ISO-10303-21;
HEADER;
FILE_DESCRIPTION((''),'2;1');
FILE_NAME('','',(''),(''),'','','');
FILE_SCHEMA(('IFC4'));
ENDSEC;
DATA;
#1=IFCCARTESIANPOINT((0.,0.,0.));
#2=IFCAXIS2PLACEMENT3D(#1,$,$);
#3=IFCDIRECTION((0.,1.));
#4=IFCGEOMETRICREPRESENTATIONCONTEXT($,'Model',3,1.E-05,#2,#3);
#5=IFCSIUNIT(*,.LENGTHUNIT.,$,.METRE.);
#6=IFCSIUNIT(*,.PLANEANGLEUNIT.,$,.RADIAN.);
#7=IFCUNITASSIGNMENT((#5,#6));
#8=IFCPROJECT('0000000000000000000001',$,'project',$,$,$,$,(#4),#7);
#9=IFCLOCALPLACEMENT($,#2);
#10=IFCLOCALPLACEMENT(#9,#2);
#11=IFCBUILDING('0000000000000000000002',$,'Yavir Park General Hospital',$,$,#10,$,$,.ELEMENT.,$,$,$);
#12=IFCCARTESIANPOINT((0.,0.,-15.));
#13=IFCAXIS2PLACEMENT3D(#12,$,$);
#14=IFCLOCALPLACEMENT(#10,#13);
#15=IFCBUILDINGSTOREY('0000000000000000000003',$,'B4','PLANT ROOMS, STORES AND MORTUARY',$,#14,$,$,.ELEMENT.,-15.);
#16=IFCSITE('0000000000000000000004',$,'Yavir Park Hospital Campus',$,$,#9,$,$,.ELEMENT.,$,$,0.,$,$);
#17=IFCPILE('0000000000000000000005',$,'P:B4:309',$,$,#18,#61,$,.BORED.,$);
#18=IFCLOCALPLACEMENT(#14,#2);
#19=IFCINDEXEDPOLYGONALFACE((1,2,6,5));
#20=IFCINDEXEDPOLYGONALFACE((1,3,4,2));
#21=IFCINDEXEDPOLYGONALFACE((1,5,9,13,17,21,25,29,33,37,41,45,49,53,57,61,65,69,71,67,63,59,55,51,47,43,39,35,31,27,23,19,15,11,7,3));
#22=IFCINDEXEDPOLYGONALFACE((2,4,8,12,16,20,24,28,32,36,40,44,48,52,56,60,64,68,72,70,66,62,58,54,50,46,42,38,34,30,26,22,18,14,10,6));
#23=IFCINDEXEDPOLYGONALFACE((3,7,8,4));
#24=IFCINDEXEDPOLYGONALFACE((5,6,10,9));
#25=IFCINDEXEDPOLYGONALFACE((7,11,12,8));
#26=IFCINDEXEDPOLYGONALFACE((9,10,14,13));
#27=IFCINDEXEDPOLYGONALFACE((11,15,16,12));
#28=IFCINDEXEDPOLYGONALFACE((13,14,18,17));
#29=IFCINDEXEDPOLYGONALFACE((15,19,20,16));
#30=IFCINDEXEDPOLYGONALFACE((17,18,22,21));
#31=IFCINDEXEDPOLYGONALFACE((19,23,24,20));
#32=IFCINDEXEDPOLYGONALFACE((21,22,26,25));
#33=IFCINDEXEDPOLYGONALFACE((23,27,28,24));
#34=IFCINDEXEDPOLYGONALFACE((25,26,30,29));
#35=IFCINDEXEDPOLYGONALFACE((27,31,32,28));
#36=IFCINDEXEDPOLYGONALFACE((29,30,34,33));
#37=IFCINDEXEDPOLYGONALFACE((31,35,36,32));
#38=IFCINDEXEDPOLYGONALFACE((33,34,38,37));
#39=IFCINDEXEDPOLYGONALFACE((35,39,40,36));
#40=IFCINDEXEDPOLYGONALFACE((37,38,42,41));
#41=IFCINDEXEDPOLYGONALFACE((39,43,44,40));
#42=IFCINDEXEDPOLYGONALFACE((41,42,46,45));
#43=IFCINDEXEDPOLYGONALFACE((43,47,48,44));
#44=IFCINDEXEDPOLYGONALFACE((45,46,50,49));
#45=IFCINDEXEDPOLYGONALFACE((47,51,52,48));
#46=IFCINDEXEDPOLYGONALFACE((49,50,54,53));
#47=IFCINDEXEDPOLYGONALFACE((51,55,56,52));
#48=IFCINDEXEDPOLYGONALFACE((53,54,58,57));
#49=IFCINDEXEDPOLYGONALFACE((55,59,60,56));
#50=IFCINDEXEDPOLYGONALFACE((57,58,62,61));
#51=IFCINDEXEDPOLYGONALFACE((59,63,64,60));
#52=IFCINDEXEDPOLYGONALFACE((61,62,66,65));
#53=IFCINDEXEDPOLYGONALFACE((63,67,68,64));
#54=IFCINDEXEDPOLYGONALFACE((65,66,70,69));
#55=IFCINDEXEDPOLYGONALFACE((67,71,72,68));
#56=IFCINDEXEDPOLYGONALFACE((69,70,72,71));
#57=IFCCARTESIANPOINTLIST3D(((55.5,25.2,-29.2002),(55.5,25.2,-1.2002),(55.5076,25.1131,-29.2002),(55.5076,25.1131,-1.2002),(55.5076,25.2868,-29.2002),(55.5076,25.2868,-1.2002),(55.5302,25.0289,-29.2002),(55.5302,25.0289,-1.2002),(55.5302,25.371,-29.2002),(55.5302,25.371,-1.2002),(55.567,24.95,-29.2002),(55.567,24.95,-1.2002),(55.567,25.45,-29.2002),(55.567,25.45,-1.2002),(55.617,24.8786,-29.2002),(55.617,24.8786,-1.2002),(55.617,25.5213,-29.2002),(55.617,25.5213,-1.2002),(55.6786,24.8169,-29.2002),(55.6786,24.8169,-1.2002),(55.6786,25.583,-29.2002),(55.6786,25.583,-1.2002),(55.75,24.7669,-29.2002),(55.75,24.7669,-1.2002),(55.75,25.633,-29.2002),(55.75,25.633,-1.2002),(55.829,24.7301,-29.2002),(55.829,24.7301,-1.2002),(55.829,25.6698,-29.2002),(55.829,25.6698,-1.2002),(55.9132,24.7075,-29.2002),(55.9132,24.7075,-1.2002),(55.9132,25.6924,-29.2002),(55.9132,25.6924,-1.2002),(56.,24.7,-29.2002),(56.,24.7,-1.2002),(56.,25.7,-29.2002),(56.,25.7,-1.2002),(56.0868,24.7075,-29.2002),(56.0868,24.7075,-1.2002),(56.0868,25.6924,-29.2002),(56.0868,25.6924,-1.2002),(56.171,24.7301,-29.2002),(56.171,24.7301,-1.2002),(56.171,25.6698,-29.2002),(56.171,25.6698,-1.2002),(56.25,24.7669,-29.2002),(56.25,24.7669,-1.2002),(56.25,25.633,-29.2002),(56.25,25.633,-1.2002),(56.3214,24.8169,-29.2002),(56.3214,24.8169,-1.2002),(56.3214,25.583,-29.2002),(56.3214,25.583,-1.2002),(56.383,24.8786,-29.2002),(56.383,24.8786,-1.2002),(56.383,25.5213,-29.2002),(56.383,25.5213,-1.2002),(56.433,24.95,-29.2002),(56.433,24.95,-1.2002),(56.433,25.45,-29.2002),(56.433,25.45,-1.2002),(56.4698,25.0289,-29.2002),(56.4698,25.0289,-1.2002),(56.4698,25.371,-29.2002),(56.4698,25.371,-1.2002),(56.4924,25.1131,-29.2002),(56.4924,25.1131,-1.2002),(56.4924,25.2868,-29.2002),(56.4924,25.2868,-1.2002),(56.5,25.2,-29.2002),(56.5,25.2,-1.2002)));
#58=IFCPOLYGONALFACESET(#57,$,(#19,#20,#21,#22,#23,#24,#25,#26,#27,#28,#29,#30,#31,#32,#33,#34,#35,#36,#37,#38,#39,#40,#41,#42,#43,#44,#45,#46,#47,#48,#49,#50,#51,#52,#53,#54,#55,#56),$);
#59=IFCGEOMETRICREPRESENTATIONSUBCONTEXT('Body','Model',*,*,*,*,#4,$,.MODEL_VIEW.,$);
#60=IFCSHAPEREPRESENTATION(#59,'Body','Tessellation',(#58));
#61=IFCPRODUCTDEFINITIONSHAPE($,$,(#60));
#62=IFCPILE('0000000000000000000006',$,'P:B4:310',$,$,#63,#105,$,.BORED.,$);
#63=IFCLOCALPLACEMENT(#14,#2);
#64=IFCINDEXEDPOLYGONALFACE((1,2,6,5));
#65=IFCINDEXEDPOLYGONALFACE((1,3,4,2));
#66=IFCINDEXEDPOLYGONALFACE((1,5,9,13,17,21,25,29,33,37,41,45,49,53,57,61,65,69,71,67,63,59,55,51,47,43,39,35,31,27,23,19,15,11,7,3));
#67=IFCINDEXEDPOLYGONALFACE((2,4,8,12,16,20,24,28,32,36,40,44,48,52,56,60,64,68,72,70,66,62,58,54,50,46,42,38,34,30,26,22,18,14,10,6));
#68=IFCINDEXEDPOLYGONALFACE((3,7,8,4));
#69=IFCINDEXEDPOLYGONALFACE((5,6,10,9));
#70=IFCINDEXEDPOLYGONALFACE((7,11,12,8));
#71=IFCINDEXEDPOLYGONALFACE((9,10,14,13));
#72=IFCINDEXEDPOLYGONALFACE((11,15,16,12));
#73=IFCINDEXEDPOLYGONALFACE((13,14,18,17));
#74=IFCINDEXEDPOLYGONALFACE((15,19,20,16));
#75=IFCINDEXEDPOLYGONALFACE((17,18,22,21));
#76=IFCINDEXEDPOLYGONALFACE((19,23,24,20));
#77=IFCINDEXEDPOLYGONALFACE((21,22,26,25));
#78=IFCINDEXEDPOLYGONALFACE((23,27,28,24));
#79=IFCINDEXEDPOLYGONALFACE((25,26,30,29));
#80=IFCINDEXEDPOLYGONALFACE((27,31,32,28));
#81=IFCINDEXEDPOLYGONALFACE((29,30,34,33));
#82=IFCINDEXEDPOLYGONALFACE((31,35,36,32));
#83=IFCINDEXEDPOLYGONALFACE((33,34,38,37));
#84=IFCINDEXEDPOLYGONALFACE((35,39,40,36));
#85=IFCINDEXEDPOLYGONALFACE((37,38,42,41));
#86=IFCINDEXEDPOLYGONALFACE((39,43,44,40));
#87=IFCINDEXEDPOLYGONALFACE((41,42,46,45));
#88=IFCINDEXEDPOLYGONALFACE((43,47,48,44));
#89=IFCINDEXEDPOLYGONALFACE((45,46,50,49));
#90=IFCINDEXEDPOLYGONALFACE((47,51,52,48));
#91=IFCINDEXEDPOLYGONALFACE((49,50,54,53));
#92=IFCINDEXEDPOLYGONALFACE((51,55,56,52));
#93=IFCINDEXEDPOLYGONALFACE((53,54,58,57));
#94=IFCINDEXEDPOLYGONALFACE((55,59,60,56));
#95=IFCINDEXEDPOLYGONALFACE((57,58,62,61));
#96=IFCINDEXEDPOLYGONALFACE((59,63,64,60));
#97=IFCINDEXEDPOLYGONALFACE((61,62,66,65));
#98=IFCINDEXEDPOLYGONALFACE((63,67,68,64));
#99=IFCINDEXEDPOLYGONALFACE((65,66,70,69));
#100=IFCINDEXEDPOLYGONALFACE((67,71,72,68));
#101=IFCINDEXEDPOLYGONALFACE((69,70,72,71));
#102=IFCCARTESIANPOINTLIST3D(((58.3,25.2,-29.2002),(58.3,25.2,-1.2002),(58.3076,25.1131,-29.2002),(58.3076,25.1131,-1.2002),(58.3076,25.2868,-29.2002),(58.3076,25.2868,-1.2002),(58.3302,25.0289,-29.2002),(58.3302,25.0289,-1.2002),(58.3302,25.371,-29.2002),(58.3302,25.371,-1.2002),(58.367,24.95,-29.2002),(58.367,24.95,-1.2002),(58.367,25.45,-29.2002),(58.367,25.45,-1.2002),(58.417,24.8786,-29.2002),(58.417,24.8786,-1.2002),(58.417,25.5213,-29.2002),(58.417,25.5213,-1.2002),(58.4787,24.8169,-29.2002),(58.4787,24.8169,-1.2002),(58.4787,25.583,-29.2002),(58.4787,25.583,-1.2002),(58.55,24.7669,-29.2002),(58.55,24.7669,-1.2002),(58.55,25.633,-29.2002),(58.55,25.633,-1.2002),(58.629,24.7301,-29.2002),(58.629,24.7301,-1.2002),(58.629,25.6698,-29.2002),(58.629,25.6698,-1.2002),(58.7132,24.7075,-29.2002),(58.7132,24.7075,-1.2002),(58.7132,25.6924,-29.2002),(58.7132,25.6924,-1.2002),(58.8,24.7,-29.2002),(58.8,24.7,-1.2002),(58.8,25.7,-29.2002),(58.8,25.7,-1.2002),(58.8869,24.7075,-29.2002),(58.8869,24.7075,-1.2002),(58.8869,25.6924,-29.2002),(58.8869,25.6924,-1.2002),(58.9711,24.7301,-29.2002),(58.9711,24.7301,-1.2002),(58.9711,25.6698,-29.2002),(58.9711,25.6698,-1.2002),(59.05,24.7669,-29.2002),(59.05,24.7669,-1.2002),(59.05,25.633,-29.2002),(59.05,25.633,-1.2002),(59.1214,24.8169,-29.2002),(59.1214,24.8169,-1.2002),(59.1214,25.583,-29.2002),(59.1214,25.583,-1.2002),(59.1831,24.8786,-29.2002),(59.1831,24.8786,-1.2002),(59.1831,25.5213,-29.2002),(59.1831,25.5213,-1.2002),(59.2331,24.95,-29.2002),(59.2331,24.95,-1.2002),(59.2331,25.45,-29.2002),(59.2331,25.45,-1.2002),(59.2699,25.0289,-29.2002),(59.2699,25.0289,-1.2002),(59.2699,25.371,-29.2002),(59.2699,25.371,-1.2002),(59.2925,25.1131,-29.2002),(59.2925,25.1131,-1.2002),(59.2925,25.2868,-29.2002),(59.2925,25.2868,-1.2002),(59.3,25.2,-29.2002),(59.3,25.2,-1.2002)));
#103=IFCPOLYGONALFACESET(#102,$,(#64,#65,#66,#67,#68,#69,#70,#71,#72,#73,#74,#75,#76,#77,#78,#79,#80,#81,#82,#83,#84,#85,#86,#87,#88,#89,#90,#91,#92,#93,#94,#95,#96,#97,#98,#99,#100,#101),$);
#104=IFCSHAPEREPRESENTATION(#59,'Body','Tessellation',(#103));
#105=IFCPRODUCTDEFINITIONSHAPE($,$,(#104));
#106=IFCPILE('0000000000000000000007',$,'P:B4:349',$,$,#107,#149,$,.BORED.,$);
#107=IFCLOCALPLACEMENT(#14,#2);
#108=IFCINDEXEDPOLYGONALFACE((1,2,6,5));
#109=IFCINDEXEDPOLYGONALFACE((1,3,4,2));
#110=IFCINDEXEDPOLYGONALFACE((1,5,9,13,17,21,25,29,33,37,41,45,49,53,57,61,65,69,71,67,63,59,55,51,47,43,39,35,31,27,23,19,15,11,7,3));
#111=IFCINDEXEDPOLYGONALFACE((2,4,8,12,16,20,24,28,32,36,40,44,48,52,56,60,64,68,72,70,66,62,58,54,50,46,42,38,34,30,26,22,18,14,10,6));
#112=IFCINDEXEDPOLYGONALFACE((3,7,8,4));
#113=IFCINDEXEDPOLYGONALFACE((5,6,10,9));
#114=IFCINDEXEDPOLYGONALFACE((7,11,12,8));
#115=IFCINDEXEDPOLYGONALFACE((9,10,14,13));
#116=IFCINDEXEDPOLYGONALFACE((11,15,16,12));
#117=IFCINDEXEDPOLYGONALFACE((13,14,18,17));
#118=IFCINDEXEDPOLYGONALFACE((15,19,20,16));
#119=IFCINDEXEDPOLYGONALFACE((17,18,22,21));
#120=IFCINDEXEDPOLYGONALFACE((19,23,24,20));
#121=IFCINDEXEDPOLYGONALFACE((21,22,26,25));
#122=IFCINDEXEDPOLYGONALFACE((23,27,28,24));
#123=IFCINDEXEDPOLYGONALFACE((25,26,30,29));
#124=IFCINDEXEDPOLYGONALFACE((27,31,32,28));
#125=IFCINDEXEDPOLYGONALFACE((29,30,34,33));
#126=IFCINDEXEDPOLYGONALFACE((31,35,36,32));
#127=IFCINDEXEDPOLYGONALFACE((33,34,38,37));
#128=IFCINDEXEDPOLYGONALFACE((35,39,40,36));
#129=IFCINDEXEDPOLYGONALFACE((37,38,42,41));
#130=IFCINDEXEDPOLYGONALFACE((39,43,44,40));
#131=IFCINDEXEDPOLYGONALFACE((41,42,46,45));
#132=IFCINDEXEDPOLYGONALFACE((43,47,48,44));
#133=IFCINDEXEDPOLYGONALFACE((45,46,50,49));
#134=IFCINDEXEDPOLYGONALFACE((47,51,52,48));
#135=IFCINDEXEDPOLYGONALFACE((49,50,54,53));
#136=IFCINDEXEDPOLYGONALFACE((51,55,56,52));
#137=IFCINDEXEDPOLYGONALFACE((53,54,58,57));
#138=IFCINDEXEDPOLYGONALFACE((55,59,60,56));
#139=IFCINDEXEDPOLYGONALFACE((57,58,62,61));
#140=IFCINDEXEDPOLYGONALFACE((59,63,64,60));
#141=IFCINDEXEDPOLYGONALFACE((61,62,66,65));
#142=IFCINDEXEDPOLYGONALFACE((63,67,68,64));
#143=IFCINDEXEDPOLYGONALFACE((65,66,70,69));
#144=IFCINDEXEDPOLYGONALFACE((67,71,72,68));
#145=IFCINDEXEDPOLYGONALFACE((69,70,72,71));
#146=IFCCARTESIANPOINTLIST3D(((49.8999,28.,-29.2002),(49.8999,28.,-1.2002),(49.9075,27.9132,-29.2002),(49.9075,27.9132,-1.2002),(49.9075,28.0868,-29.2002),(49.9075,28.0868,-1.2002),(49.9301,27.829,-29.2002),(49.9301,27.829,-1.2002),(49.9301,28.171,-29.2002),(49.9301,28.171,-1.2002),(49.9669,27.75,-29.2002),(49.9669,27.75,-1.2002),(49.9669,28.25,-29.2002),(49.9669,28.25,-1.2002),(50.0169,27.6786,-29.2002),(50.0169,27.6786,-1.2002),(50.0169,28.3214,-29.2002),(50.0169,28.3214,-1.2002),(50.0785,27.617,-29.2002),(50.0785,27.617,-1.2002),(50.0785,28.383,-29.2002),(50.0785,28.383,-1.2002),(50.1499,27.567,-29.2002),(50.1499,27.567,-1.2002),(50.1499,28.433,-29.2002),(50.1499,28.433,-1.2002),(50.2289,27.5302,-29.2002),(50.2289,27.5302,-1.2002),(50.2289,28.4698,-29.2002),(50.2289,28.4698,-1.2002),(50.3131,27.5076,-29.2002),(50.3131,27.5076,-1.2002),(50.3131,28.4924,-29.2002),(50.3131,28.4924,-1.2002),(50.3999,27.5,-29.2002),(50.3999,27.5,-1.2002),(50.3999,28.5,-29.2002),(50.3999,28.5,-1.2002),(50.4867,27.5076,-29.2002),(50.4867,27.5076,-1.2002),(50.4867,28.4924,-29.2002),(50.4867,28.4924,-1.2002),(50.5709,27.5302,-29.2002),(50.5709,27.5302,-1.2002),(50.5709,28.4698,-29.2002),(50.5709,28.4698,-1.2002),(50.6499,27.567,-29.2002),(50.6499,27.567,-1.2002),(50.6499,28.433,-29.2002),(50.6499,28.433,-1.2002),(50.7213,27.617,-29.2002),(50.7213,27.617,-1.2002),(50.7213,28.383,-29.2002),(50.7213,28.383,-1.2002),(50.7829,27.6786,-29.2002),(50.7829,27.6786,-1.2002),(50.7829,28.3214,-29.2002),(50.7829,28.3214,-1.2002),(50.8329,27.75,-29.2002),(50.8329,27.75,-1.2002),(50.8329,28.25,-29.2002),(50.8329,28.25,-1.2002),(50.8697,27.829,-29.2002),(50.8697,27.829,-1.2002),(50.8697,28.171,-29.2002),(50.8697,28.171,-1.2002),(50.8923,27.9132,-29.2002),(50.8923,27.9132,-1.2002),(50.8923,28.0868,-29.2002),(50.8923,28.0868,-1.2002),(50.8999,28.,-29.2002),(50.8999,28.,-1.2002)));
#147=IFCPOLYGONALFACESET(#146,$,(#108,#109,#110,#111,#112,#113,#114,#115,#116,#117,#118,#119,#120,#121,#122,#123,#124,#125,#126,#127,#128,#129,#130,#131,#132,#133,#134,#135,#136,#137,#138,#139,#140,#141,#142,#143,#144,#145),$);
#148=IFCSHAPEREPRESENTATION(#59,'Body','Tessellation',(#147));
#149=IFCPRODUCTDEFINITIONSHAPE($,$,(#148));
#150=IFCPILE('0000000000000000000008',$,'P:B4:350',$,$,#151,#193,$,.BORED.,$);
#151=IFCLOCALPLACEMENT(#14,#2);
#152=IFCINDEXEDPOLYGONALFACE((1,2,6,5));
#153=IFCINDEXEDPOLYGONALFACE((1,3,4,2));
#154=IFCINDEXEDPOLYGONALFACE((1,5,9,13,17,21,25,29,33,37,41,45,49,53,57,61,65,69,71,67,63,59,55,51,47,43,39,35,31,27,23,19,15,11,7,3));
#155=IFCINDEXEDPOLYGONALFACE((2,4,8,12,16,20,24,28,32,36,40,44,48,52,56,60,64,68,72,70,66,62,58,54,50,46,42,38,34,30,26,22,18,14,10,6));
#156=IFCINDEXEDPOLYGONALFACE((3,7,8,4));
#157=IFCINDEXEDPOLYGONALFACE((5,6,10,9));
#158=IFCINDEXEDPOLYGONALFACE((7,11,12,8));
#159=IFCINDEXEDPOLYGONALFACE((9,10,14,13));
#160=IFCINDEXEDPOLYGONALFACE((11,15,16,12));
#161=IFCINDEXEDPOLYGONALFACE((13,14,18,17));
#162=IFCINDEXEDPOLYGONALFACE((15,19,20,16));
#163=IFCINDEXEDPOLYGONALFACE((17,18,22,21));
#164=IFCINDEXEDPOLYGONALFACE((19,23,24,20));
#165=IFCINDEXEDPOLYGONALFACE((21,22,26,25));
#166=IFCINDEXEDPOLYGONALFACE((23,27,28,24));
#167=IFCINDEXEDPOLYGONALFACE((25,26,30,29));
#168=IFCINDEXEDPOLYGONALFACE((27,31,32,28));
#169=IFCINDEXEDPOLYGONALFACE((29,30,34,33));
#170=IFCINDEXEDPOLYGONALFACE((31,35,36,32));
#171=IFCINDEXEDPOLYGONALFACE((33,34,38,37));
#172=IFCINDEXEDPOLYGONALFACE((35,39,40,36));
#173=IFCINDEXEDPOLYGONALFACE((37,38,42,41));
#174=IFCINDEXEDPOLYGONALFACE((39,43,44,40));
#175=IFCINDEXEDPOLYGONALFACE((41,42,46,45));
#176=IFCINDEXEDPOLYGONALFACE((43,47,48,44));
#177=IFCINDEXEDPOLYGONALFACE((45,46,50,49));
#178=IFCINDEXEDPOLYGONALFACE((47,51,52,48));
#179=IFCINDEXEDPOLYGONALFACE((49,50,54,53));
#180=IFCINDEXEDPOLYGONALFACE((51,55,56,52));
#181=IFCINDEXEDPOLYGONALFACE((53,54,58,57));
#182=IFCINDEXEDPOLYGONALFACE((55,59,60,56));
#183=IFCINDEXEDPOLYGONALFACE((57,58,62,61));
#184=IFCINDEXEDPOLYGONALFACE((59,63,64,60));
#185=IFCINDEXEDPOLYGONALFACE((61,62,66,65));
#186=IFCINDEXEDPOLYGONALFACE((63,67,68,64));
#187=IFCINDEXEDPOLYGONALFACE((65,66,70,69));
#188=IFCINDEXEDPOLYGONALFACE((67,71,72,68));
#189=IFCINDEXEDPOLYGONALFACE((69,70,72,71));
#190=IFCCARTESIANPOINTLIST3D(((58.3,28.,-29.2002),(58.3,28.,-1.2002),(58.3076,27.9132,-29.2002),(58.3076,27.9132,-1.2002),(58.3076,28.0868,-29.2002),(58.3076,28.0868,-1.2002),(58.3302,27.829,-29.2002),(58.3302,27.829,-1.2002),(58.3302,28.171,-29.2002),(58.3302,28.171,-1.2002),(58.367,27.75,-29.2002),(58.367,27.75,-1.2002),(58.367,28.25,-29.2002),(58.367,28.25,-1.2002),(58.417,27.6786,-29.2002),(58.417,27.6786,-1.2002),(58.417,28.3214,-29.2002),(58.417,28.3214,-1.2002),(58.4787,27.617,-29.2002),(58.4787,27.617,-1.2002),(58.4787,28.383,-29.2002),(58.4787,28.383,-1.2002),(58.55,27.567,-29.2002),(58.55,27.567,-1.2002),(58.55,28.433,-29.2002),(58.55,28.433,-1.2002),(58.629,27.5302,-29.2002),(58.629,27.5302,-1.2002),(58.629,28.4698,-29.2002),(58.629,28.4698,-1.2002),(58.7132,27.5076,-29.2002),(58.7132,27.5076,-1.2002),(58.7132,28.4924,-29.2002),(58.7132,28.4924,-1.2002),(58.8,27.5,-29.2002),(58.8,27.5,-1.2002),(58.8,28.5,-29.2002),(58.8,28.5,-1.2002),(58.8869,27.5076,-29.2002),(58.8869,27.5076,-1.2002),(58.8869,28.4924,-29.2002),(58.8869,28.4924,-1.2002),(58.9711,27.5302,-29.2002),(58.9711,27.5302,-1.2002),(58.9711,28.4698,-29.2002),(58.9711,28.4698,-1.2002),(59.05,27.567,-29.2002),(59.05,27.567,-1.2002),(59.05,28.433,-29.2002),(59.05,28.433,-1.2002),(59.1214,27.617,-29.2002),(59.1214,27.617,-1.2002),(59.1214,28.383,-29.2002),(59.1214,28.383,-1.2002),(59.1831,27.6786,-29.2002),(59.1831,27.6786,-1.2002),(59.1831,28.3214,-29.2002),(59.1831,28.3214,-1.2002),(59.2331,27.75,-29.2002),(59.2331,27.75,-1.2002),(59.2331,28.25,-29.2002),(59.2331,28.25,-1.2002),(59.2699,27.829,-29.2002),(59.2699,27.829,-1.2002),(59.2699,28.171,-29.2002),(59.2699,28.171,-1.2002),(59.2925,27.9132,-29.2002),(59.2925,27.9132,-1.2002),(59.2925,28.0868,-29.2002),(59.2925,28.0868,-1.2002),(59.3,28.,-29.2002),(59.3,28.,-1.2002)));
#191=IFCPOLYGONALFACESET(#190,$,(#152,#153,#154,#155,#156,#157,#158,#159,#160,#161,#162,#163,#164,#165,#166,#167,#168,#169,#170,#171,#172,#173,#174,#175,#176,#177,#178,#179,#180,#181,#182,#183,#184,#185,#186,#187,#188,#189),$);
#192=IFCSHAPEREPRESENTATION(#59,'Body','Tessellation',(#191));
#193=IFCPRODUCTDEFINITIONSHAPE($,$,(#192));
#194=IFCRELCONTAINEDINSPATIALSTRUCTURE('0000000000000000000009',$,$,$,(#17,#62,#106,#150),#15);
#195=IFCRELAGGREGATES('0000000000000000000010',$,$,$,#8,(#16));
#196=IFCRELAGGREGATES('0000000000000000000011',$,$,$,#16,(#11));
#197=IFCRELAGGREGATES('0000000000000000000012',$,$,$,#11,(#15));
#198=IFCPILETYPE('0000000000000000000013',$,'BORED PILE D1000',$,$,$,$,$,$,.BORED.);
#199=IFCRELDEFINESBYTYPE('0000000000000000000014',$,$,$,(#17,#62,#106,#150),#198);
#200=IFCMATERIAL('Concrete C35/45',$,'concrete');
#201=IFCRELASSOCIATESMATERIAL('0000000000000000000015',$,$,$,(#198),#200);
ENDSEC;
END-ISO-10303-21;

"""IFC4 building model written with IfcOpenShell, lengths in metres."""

from ifc_helpers import new_model, si_unit, direction, frame, origin, origin_2d, place, context, subcontext, project, spatial, circle, extrude, material, material_profile, profile_set, type_object, element, save


model = new_model("IFC4")

# Units and contexts
model_context = context("Model", 3, precision=1e-05, world=origin(), true_north=direction((0.0, 1.0)))
body_context = subcontext(model_context, "Body", "Model", "MODEL_VIEW")
ifc_project = project(units=[si_unit("LENGTHUNIT", "METRE"), si_unit("PLANEANGLEUNIT", "RADIAN")], contexts=[model_context])

# Site, building, storey
site_placement = place(None, origin())
site = spatial("IfcSite", under=ifc_project, at=site_placement, Name="Yavir Park Hospital Campus", CompositionType="ELEMENT", RefElevation=0.0)
building_placement = place(site_placement, origin())
building = spatial("IfcBuilding", under=site, at=building_placement, Name="Yavir Park General Hospital", CompositionType="ELEMENT")
storey_placement = place(building_placement, frame((0.0, 0.0, -15.0)))
storey = spatial("IfcBuildingStorey", under=building, at=storey_placement, Name="B4", Description="PLANT ROOMS, STORES AND MORTUARY", CompositionType="ELEMENT", Elevation=-15.0)

# Piles
ifc_material_1 = material(Name="Concrete C35/45", Category="concrete")
ifc_material_profile = material_profile(ifc_material_1, circle(Radius=0.5, at=origin_2d()), Name="D1000")
ifc_profile_set = profile_set([ifc_material_profile], Name="Concrete C35/45")
pile_type = type_object("IfcPileType", Name="BORED PILE D1000", PredefinedType="BORED", material=ifc_profile_set)
for number, where, z_axis, x_axis, name in (
    (1, (56.0, 25.2, -1.2002), (0.0, 0.0, -1.0), (1.0, 0.0, 0.0), "P:B4:309"),
    (2, (58.8, 25.2, -1.2002), (0.0, 0.0, -1.0), (1.0, 0.0, 0.0), "P:B4:310"),
    (3, (50.3999, 28.0, -1.2002), (0.0, 0.0, -1.0), (1.0, 0.0, 0.0), "P:B4:349"),
    (4, (58.8, 28.0, -1.2002), (0.0, 0.0, -1.0), (1.0, 0.0, 0.0), "P:B4:350"),
):
    element("IfcPile", number, at=place(storey_placement, frame(where, z_axis=z_axis, x_axis=x_axis)), inside=storey, type_object=pile_type, Name=name, PredefinedType="BORED", context=body_context, shape_type="SweptSolid", body=[
        extrude(circle(Radius=0.5, at=origin_2d()), origin(), (0.0, 0.0, 1.0), 28.0),
    ])

save(model, "model.ifc")
